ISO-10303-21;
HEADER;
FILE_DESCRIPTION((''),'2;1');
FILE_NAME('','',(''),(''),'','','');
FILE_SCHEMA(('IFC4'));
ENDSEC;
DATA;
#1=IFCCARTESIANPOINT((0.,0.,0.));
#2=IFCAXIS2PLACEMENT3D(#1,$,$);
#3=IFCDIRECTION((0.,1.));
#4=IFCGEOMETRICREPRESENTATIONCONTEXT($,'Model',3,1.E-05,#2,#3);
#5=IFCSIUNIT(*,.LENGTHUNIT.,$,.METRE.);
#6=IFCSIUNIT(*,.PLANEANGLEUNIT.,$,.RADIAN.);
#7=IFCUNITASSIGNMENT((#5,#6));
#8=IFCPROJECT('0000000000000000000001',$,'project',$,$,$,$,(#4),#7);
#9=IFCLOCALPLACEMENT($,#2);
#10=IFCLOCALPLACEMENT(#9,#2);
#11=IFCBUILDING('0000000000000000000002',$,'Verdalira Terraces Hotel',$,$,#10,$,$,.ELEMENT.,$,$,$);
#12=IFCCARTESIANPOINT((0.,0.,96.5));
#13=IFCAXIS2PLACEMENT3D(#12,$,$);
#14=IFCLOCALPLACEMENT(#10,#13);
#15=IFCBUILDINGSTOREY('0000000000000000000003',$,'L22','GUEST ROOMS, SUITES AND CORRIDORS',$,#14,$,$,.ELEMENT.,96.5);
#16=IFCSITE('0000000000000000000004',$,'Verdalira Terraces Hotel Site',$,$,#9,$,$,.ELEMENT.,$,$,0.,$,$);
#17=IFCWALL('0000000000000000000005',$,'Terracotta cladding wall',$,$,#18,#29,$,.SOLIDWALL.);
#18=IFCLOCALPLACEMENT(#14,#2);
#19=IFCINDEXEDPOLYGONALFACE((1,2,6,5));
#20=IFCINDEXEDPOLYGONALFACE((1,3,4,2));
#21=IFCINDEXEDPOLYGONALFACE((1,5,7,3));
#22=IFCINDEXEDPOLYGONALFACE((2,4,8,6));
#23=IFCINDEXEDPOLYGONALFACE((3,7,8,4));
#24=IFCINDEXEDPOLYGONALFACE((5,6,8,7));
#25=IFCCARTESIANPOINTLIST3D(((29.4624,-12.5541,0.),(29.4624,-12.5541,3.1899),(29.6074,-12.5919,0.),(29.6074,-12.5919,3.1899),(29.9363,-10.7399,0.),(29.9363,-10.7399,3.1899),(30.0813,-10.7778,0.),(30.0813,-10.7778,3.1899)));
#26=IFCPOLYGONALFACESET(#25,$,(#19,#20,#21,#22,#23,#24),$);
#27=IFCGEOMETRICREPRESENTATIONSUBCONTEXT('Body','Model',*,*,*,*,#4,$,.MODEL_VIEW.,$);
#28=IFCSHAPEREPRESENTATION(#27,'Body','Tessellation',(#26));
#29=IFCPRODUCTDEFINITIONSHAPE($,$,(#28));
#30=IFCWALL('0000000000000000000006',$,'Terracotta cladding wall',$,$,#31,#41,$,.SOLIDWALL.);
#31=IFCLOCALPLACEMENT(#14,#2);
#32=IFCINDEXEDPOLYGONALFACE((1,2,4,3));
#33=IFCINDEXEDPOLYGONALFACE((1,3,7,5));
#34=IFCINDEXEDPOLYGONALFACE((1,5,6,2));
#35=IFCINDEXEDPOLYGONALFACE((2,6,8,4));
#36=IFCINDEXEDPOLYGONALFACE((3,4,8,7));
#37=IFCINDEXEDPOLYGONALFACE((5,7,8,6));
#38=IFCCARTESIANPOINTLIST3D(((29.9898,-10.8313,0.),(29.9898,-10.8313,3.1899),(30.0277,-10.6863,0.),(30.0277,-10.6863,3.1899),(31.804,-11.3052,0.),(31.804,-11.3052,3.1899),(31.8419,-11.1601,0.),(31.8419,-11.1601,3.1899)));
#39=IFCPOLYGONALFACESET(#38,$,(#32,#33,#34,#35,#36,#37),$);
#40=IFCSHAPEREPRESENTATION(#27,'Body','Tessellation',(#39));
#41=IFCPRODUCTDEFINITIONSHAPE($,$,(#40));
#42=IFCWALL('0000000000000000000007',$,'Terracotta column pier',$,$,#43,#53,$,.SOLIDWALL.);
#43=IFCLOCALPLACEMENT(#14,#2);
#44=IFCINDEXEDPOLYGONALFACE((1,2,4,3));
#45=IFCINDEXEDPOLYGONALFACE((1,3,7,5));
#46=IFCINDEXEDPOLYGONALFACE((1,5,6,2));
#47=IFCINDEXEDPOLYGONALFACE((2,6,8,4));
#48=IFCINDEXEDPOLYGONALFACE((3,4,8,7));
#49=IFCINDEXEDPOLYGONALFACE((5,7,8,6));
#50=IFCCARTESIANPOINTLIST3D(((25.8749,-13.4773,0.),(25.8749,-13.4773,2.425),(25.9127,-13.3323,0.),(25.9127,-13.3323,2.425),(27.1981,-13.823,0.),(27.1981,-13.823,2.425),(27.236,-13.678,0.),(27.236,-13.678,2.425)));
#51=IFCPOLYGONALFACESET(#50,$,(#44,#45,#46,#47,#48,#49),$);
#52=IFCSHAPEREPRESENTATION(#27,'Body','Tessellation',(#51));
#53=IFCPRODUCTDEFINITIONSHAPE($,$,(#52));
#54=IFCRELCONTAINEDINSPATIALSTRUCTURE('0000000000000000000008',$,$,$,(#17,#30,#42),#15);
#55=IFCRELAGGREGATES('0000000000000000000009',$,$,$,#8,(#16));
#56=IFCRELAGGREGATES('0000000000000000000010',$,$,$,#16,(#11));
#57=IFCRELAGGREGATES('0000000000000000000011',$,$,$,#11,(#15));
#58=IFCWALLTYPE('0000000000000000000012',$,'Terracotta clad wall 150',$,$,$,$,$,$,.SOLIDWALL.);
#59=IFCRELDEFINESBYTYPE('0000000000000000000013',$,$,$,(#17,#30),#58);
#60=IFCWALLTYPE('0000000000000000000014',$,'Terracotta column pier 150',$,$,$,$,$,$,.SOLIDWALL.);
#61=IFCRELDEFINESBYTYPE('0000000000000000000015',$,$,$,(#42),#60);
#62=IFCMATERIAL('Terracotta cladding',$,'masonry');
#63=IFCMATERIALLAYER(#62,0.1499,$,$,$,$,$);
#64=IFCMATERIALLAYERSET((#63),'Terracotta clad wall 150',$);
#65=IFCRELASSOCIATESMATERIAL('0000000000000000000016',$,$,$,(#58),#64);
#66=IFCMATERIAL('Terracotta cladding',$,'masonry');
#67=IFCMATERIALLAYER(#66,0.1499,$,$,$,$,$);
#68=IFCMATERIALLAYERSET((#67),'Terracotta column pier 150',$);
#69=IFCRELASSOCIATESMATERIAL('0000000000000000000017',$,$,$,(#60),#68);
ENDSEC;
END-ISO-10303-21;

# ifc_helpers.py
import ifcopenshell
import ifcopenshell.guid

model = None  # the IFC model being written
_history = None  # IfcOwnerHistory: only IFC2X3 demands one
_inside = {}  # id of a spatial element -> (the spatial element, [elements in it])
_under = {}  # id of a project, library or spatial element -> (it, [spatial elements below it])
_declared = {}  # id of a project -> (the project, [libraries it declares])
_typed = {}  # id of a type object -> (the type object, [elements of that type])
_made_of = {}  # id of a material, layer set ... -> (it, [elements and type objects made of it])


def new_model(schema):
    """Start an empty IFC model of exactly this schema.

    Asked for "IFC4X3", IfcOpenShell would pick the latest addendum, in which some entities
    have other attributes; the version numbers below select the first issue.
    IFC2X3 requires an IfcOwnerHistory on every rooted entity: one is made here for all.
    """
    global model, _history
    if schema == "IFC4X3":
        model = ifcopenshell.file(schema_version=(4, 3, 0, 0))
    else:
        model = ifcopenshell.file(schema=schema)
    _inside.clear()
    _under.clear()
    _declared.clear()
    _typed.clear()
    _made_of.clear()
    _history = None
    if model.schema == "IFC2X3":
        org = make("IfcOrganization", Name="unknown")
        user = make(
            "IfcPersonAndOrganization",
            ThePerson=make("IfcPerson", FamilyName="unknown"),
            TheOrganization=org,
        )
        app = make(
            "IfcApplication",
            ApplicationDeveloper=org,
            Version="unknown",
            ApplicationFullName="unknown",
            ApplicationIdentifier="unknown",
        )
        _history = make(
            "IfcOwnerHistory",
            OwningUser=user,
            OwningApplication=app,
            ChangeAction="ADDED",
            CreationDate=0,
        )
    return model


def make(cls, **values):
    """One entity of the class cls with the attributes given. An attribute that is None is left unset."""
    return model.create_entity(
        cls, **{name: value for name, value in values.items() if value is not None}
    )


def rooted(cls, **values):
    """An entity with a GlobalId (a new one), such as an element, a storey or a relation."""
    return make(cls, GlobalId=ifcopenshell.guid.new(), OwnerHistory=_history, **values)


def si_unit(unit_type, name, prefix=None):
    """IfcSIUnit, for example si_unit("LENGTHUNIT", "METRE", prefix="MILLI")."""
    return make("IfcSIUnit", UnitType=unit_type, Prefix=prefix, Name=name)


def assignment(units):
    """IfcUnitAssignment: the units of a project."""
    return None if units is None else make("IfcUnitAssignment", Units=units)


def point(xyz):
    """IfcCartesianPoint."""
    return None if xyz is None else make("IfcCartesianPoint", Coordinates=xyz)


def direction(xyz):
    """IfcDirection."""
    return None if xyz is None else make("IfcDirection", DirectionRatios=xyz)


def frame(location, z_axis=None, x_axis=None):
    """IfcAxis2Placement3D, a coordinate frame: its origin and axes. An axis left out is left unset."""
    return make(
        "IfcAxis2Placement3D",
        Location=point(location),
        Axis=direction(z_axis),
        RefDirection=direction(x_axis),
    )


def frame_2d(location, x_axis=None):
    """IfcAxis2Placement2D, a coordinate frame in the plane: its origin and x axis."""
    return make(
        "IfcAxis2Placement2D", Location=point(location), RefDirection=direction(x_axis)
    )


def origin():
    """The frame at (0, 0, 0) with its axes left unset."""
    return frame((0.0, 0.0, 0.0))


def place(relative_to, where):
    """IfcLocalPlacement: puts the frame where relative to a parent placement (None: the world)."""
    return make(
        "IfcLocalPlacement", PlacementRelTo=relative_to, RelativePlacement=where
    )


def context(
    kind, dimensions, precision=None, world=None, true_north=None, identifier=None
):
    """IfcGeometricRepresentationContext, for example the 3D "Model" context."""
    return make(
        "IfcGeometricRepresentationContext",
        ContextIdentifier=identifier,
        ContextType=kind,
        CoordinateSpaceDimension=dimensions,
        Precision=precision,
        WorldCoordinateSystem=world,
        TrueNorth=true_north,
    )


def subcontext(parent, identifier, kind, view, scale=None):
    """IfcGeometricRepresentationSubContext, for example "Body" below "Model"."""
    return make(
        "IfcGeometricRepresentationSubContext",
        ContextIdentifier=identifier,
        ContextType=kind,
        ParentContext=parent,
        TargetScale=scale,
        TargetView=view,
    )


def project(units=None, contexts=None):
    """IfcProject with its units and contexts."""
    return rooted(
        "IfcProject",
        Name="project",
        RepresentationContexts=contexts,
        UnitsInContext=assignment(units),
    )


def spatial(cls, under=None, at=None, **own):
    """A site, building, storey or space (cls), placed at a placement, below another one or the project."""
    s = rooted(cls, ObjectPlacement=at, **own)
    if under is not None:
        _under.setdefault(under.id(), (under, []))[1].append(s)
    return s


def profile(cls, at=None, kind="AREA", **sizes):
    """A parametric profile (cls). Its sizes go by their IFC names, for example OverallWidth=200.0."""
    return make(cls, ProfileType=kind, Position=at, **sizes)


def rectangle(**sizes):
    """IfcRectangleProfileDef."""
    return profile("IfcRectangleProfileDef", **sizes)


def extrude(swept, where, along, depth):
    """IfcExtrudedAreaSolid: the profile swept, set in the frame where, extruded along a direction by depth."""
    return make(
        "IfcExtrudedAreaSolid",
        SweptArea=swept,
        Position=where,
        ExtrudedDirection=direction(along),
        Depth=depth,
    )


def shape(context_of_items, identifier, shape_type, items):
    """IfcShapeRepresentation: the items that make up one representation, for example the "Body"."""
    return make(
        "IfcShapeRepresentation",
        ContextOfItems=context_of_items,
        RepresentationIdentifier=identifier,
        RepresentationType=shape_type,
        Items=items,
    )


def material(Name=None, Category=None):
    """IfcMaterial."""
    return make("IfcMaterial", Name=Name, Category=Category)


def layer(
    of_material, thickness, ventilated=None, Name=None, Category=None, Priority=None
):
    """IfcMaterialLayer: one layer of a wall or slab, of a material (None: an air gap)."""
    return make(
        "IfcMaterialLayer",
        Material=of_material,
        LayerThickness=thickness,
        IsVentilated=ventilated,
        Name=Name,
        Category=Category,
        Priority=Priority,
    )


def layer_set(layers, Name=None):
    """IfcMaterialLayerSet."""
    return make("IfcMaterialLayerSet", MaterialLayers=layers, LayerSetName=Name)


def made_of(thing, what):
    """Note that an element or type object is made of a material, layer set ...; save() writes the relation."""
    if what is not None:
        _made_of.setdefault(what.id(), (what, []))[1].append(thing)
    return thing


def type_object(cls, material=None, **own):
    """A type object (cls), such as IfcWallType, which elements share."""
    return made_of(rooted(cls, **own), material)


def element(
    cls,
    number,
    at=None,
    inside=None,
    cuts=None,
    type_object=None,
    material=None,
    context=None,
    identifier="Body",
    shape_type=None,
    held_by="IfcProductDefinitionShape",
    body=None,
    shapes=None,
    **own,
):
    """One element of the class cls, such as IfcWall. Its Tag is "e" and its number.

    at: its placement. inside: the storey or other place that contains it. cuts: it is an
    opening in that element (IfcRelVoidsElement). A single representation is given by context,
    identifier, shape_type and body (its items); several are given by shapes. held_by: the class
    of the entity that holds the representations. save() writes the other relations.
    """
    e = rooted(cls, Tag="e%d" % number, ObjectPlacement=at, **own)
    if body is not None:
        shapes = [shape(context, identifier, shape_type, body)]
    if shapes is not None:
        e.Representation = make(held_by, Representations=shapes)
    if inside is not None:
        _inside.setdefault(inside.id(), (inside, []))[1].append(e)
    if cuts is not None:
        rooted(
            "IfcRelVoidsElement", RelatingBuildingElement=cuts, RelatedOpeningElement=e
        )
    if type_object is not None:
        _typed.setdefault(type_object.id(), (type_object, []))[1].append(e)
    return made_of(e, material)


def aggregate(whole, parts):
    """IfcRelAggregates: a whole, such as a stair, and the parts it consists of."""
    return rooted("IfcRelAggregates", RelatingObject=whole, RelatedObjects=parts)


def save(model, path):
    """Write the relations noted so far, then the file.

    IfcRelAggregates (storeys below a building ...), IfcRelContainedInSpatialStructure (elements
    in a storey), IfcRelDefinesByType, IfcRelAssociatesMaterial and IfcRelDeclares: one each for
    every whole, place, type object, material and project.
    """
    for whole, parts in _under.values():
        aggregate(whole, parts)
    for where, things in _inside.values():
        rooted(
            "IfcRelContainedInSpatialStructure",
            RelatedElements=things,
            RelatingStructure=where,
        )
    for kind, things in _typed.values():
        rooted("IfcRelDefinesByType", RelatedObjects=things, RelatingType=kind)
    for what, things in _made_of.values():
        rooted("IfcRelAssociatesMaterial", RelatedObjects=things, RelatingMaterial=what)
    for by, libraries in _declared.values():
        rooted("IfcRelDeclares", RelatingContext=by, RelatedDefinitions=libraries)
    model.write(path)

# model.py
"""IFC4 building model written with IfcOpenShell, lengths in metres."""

from ifc_helpers import new_model, si_unit, direction, frame, frame_2d, origin, place, context, subcontext, project, spatial, rectangle, extrude, material, layer, layer_set, type_object, element, save


model = new_model("IFC4")

# Units and contexts
model_context = context("Model", 3, precision=1e-05, world=origin(), true_north=direction((0.0, 1.0)))
body_context = subcontext(model_context, "Body", "Model", "MODEL_VIEW")
ifc_project = project(units=[si_unit("LENGTHUNIT", "METRE"), si_unit("PLANEANGLEUNIT", "RADIAN")], contexts=[model_context])

# Site, building, storey
site_placement = place(None, origin())
site = spatial("IfcSite", under=ifc_project, at=site_placement, Name="Verdalira Terraces Hotel Site", CompositionType="ELEMENT", RefElevation=0.0)
building_placement = place(site_placement, origin())
building = spatial("IfcBuilding", under=site, at=building_placement, Name="Verdalira Terraces Hotel", CompositionType="ELEMENT")
storey_placement = place(building_placement, frame((0.0, 0.0, 96.5)))
storey = spatial("IfcBuildingStorey", under=building, at=storey_placement, Name="L22", Description="GUEST ROOMS, SUITES AND CORRIDORS", CompositionType="ELEMENT", Elevation=96.5)

# Walls
ifc_material_1 = material(Name="Terracotta cladding", Category="masonry")
ifc_layer_1 = layer(ifc_material_1, 0.1499)
ifc_layer_set_1 = layer_set([ifc_layer_1], Name="Terracotta clad wall 150")
wall_type_1 = type_object("IfcWallType", Name="Terracotta clad wall 150", PredefinedType="SOLIDWALL", material=ifc_layer_set_1)
for number, where, z_axis, x_axis, name in (
    (1, (29.5349, -12.573, 0.0), (0.0, 0.0, 1.0), (0.252724, 0.967538, 0.0), "Terracotta cladding wall"),
    (2, (30.0088, -10.7588, 0.0), (0.0, 0.0, 1.0), (0.967538, -0.252724, 0.0), "Terracotta cladding wall"),
):
    element("IfcWall", number, at=place(storey_placement, frame(where, z_axis=z_axis, x_axis=x_axis)), inside=storey, type_object=wall_type_1, Name=name, PredefinedType="SOLIDWALL", context=body_context, shape_type="SweptSolid", body=[
        extrude(rectangle(XDim=1.875, YDim=0.1499, at=frame_2d((0.9375, 0.0))), origin(), (0.0, 0.0, 1.0), 3.1899),
    ])
ifc_material_2 = material(Name="Terracotta cladding", Category="masonry")
ifc_layer_2 = layer(ifc_material_2, 0.1499)
ifc_layer_set_2 = layer_set([ifc_layer_2], Name="Terracotta column pier 150")
wall_type_2 = type_object("IfcWallType", Name="Terracotta column pier 150", PredefinedType="SOLIDWALL", material=ifc_layer_set_2)
wall_1_placement = place(storey_placement, frame((25.8938, -13.4048, 0.0), z_axis=(0.0, 0.0, 1.0), x_axis=(0.967526, -0.252771, 0.0)))
element("IfcWall", 3, at=wall_1_placement, inside=storey, type_object=wall_type_2, Name="Terracotta column pier", PredefinedType="SOLIDWALL", context=body_context, shape_type="SweptSolid", body=[
    extrude(rectangle(XDim=1.3677, YDim=0.1499, at=frame_2d((0.6838, 0.0))), origin(), (0.0, 0.0, 1.0), 2.425),
])

save(model, "model.ifc")
